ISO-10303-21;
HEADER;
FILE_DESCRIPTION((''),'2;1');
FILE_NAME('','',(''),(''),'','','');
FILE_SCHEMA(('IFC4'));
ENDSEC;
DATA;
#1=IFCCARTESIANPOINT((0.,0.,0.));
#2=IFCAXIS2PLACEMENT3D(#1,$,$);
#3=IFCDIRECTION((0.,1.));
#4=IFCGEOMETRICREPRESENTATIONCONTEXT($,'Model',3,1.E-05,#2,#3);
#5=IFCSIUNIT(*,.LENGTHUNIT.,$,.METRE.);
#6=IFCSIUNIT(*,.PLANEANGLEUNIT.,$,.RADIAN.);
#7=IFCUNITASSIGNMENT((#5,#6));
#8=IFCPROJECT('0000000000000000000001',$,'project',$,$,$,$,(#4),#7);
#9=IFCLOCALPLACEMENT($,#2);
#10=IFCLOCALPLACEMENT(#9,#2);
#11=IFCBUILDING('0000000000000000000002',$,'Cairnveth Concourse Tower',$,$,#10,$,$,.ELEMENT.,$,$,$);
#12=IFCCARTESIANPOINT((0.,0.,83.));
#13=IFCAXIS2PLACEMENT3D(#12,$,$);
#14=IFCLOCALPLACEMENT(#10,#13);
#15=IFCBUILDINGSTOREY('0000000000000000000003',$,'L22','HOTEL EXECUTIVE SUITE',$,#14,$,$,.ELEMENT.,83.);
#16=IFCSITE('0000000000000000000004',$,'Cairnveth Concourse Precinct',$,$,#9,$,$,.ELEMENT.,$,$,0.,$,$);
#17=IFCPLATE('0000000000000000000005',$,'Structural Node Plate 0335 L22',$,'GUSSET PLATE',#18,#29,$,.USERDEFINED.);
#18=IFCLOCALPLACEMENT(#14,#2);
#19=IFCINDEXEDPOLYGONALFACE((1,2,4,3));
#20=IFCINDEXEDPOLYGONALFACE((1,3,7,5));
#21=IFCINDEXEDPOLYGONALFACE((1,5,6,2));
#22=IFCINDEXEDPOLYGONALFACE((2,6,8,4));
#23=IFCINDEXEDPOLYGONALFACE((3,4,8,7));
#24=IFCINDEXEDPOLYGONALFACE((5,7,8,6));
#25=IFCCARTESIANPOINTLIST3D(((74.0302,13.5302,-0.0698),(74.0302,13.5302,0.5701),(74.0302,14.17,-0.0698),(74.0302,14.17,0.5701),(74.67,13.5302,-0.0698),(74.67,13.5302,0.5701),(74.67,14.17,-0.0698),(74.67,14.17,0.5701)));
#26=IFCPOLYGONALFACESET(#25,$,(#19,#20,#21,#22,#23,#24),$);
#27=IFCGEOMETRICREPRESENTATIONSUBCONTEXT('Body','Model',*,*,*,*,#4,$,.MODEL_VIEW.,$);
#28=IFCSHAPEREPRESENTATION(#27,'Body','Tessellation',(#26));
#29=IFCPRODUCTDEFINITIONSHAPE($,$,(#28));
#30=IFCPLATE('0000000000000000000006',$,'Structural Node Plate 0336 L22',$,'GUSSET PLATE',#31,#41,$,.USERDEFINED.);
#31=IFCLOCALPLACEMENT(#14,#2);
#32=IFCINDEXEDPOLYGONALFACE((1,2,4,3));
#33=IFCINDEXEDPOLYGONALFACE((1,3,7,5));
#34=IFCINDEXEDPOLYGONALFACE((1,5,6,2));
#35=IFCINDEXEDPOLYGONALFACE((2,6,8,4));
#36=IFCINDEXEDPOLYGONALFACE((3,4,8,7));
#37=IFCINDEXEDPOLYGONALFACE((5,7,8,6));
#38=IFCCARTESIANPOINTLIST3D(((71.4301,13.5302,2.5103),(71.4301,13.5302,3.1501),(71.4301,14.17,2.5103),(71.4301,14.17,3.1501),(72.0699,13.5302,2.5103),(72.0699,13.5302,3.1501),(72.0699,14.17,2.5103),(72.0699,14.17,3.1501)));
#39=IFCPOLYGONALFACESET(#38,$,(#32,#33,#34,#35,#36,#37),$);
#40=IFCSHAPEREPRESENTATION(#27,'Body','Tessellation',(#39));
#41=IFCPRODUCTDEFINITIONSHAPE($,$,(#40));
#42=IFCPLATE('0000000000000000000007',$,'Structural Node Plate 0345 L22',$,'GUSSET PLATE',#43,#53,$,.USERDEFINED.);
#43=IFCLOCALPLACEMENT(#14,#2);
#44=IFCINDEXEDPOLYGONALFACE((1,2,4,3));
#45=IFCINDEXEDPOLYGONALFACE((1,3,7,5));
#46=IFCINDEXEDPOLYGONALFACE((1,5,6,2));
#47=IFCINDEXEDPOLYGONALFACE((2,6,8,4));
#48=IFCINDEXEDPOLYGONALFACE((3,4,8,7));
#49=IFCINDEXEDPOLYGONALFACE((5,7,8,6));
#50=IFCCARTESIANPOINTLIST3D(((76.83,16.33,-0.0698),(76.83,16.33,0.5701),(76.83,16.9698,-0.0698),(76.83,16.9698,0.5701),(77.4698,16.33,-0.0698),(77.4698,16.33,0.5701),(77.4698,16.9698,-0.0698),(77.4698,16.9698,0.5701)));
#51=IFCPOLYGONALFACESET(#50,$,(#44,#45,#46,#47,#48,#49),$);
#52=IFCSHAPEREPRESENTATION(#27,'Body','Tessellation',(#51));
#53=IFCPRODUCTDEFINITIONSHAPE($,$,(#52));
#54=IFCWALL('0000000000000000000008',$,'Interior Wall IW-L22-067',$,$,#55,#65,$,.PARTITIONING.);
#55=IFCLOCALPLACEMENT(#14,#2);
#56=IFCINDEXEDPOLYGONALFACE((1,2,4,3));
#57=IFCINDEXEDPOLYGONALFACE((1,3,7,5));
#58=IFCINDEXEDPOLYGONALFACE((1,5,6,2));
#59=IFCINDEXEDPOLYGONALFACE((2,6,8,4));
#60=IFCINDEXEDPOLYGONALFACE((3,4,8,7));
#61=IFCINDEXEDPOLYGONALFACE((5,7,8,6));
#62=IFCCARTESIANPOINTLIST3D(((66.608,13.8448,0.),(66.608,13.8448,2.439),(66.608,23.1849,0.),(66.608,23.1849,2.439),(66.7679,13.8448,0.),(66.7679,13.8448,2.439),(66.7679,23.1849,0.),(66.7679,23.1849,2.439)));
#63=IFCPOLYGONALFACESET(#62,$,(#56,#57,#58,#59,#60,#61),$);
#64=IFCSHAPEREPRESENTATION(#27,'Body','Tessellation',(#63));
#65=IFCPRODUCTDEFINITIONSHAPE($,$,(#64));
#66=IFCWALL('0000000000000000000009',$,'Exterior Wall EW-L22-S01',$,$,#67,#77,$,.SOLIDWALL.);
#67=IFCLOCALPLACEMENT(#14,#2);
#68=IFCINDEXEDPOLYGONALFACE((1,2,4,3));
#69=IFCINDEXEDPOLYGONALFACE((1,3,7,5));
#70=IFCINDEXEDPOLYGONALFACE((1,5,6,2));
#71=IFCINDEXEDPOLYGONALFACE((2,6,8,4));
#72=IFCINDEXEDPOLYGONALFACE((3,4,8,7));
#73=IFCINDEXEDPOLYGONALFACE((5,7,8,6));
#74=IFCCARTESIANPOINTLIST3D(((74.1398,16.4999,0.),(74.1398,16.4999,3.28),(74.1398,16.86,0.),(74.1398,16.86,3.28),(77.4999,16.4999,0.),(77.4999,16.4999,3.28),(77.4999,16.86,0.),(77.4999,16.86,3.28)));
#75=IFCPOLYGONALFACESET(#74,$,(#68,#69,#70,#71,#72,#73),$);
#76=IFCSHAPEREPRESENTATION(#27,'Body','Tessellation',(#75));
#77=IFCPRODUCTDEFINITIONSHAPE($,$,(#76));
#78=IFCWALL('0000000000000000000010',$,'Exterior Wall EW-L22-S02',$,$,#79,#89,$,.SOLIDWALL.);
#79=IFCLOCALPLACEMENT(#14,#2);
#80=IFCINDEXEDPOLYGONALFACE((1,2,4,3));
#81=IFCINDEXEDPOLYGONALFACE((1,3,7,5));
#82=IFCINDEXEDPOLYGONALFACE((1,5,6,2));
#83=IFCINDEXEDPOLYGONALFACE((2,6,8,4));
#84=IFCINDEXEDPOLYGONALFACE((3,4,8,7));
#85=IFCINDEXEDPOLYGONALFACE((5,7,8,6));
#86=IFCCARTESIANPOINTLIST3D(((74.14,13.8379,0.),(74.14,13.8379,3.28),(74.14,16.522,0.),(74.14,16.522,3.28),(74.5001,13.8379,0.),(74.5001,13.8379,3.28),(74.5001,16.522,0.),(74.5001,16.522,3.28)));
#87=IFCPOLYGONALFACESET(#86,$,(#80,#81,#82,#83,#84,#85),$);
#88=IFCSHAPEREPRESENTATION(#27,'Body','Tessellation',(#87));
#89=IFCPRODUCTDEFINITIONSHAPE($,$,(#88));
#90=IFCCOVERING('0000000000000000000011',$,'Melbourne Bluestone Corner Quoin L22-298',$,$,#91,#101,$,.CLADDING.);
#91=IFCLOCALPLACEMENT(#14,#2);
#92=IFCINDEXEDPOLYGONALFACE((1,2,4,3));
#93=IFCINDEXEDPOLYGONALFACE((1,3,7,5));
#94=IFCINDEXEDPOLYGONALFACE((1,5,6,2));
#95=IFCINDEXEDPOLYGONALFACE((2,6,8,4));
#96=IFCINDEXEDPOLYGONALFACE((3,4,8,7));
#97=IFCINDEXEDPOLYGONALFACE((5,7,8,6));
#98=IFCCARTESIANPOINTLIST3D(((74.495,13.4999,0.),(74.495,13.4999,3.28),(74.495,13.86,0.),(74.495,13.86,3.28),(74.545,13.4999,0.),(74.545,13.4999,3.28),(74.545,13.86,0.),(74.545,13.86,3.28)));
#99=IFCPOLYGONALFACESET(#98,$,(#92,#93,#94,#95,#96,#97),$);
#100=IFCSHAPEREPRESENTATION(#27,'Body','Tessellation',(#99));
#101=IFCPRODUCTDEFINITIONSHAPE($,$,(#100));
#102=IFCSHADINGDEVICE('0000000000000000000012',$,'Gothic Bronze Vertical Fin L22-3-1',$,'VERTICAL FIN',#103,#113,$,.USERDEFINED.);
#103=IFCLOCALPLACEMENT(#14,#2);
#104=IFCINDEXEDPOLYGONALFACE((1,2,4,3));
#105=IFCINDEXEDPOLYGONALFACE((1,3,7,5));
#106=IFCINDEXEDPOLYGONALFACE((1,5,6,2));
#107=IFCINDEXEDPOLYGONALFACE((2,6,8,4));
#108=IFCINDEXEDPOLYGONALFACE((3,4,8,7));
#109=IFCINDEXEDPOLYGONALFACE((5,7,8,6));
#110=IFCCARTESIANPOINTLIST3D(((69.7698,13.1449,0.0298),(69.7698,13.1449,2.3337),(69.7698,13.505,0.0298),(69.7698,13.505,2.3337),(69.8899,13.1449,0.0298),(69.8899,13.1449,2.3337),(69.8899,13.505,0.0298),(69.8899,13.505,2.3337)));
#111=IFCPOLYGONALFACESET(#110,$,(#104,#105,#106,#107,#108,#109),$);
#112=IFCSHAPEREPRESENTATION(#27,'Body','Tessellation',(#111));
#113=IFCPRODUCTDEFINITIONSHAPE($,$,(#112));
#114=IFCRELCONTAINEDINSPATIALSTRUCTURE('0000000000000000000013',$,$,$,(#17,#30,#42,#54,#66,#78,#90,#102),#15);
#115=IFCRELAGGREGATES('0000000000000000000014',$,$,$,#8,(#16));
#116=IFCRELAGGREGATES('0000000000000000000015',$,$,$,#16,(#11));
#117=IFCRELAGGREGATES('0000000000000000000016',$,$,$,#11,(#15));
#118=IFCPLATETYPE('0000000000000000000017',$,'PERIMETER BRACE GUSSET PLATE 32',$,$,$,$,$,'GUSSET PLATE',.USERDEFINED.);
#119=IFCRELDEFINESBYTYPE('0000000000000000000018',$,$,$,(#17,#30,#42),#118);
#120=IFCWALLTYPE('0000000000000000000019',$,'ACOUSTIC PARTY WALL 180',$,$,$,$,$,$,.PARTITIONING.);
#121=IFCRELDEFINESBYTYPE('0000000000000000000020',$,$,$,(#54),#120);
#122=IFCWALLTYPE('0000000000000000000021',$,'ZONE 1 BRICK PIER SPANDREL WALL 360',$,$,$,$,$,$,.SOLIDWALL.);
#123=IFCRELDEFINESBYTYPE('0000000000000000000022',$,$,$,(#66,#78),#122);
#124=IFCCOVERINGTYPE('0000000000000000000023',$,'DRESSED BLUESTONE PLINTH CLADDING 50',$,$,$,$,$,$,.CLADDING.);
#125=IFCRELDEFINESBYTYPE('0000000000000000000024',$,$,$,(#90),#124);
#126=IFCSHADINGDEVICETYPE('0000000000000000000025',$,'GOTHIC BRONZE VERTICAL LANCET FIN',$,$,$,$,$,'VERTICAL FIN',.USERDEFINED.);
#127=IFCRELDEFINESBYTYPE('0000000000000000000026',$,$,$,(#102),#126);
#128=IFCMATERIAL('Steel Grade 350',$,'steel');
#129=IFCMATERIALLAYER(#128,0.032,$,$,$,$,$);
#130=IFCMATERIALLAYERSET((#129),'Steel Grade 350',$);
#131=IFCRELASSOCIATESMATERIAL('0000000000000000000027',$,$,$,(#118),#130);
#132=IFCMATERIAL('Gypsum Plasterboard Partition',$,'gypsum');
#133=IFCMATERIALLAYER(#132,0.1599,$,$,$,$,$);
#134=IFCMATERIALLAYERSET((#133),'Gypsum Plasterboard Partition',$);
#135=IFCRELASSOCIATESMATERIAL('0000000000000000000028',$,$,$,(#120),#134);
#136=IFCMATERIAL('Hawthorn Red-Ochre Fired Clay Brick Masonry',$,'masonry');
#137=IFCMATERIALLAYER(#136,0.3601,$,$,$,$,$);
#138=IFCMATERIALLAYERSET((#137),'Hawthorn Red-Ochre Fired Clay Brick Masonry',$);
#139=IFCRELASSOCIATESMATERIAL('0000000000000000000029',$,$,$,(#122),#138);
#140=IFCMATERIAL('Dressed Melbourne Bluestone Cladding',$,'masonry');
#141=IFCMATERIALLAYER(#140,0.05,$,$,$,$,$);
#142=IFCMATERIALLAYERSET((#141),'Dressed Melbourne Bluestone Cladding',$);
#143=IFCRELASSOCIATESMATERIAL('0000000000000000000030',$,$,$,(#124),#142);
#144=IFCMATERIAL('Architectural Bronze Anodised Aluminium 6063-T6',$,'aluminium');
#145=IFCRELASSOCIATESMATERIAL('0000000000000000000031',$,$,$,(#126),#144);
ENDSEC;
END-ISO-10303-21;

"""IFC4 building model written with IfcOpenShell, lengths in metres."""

from ifc_helpers import new_model, si_unit, direction, frame, frame_2d, origin, origin_2d, place, context, subcontext, project, spatial, rectangle, extrude, material, layer, layer_set, type_object, element, save


model = new_model("IFC4")

# Units and contexts
model_context = context("Model", 3, precision=1e-05, world=origin(), true_north=direction((0.0, 1.0)))
body_context = subcontext(model_context, "Body", "Model", "MODEL_VIEW")
ifc_project = project(units=[si_unit("LENGTHUNIT", "METRE"), si_unit("PLANEANGLEUNIT", "RADIAN")], contexts=[model_context])

# Site, building, storey
site_placement = place(None, origin())
site = spatial("IfcSite", under=ifc_project, at=site_placement, Name="Cairnveth Concourse Precinct", CompositionType="ELEMENT", RefElevation=0.0)
building_placement = place(site_placement, origin())
building = spatial("IfcBuilding", under=site, at=building_placement, Name="Cairnveth Concourse Tower", CompositionType="ELEMENT")
storey_placement = place(building_placement, frame((0.0, 0.0, 83.0)))
storey = spatial("IfcBuildingStorey", under=building, at=storey_placement, Name="L22", Description="HOTEL EXECUTIVE SUITE", CompositionType="ELEMENT", Elevation=83.0)

# Shared definitions
ifc_material_1 = material(Name="Steel Grade 350", Category="steel")

# Plates
ifc_layer_1 = layer(ifc_material_1, 0.032)
ifc_layer_set_1 = layer_set([ifc_layer_1], Name="Steel Grade 350")
plate_type = type_object("IfcPlateType", Name="PERIMETER BRACE GUSSET PLATE 32", ElementType="GUSSET PLATE", PredefinedType="USERDEFINED", material=ifc_layer_set_1)
for number, where, z_axis, x_axis, name in (
    (1, (74.3501, 13.8501, -0.0698), (0.0, 0.0, 1.0), (1.0, 0.0, 0.0), "Structural Node Plate 0335 L22"),
    (2, (71.75, 13.8501, 2.5103), (0.0, 0.0, 1.0), (1.0, 0.0, 0.0), "Structural Node Plate 0336 L22"),
    (3, (77.1499, 16.6499, -0.0698), (0.0, 0.0, 1.0), (1.0, 0.0, 0.0), "Structural Node Plate 0345 L22"),
):
    element("IfcPlate", number, at=place(storey_placement, frame(where, z_axis=z_axis, x_axis=x_axis)), inside=storey, type_object=plate_type, Name=name, ObjectType="GUSSET PLATE", PredefinedType="USERDEFINED", context=body_context, shape_type="SweptSolid", body=[
        extrude(rectangle(XDim=0.6399, YDim=0.6399, at=origin_2d()), origin(), (0.0, 0.0, 1.0), 0.6399),
    ])

# Walls
ifc_material_2 = material(Name="Gypsum Plasterboard Partition", Category="gypsum")
ifc_layer_2 = layer(ifc_material_2, 0.1599)
ifc_layer_set_2 = layer_set([ifc_layer_2], Name="Gypsum Plasterboard Partition")
wall_type_1 = type_object("IfcWallType", Name="ACOUSTIC PARTY WALL 180", PredefinedType="PARTITIONING", material=ifc_layer_set_2)
wall_1_placement = place(storey_placement, frame((66.688, 13.845, 0.0), z_axis=(0.0, 0.0, 1.0), x_axis=(0.0, 1.0, 0.0)))
element("IfcWall", 4, at=wall_1_placement, inside=storey, type_object=wall_type_1, Name="Interior Wall IW-L22-067", PredefinedType="PARTITIONING", context=body_context, shape_type="SweptSolid", body=[
    extrude(rectangle(XDim=9.3401, YDim=0.1599, at=frame_2d((4.6699, 0.0))), origin(), (0.0, 0.0, 1.0), 2.439),
])
ifc_material_3 = material(Name="Hawthorn Red-Ochre Fired Clay Brick Masonry", Category="masonry")
ifc_layer_3 = layer(ifc_material_3, 0.3601)
ifc_layer_set_3 = layer_set([ifc_layer_3], Name="Hawthorn Red-Ochre Fired Clay Brick Masonry")
wall_type_2 = type_object("IfcWallType", Name="ZONE 1 BRICK PIER SPANDREL WALL 360", PredefinedType="SOLIDWALL", material=ifc_layer_set_3)
wall_2_placement = place(storey_placement, frame((77.5, 16.6799, 0.0), z_axis=(0.0, 0.0, 1.0), x_axis=(-1.0, 0.0, 0.0)))
element("IfcWall", 5, at=wall_2_placement, inside=storey, type_object=wall_type_2, Name="Exterior Wall EW-L22-S01", PredefinedType="SOLIDWALL", context=body_context, shape_type="SweptSolid", body=[
    extrude(rectangle(XDim=3.3601, YDim=0.3601, at=frame_2d((1.6802, 0.0))), origin(), (0.0, 0.0, 1.0), 3.28),
])
wall_3_placement = place(storey_placement, frame((74.3201, 16.522, 0.0), z_axis=(0.0, 0.0, 1.0), x_axis=(0.0, -1.0, 0.0)))
element("IfcWall", 6, at=wall_3_placement, inside=storey, type_object=wall_type_2, Name="Exterior Wall EW-L22-S02", PredefinedType="SOLIDWALL", context=body_context, shape_type="SweptSolid", body=[
    extrude(rectangle(XDim=2.6841, YDim=0.3601, at=frame_2d((1.342, 0.0))), origin(), (0.0, 0.0, 1.0), 3.28),
])

# Covering
ifc_material_4 = material(Name="Dressed Melbourne Bluestone Cladding", Category="masonry")
ifc_layer_4 = layer(ifc_material_4, 0.05)
ifc_layer_set_4 = layer_set([ifc_layer_4], Name="Dressed Melbourne Bluestone Cladding")
covering_type = type_object("IfcCoveringType", Name="DRESSED BLUESTONE PLINTH CLADDING 50", PredefinedType="CLADDING", material=ifc_layer_set_4)
covering_placement = place(storey_placement, frame((74.52, 13.8601, 0.0), z_axis=(0.0, 0.0, 1.0), x_axis=(0.0, -1.0, 0.0)))
element("IfcCovering", 7, at=covering_placement, inside=storey, type_object=covering_type, Name="Melbourne Bluestone Corner Quoin L22-298", PredefinedType="CLADDING", context=body_context, shape_type="SweptSolid", body=[
    extrude(rectangle(XDim=0.3601, YDim=0.05, at=frame_2d((0.1802, 0.0))), origin(), (0.0, 0.0, 1.0), 3.28),
])

# Shading device
ifc_material_5 = material(Name="Architectural Bronze Anodised Aluminium 6063-T6", Category="aluminium")
shading_device_type = type_object("IfcShadingDeviceType", Name="GOTHIC BRONZE VERTICAL LANCET FIN", ElementType="VERTICAL FIN", PredefinedType="USERDEFINED", material=ifc_material_5)
shading_device_placement = place(storey_placement, frame((69.8298, 13.325, 0.0298), z_axis=(0.0, 0.0, 1.0), x_axis=(1.0, 0.0, 0.0)))
element("IfcShadingDevice", 8, at=shading_device_placement, inside=storey, type_object=shading_device_type, Name="Gothic Bronze Vertical Fin L22-3-1", ObjectType="VERTICAL FIN", PredefinedType="USERDEFINED", context=body_context, shape_type="SweptSolid", body=[
    extrude(rectangle(XDim=0.1201, YDim=0.3601, at=origin_2d()), origin(), (0.0, 0.0, 1.0), 2.304),
])

save(model, "model.ifc")
